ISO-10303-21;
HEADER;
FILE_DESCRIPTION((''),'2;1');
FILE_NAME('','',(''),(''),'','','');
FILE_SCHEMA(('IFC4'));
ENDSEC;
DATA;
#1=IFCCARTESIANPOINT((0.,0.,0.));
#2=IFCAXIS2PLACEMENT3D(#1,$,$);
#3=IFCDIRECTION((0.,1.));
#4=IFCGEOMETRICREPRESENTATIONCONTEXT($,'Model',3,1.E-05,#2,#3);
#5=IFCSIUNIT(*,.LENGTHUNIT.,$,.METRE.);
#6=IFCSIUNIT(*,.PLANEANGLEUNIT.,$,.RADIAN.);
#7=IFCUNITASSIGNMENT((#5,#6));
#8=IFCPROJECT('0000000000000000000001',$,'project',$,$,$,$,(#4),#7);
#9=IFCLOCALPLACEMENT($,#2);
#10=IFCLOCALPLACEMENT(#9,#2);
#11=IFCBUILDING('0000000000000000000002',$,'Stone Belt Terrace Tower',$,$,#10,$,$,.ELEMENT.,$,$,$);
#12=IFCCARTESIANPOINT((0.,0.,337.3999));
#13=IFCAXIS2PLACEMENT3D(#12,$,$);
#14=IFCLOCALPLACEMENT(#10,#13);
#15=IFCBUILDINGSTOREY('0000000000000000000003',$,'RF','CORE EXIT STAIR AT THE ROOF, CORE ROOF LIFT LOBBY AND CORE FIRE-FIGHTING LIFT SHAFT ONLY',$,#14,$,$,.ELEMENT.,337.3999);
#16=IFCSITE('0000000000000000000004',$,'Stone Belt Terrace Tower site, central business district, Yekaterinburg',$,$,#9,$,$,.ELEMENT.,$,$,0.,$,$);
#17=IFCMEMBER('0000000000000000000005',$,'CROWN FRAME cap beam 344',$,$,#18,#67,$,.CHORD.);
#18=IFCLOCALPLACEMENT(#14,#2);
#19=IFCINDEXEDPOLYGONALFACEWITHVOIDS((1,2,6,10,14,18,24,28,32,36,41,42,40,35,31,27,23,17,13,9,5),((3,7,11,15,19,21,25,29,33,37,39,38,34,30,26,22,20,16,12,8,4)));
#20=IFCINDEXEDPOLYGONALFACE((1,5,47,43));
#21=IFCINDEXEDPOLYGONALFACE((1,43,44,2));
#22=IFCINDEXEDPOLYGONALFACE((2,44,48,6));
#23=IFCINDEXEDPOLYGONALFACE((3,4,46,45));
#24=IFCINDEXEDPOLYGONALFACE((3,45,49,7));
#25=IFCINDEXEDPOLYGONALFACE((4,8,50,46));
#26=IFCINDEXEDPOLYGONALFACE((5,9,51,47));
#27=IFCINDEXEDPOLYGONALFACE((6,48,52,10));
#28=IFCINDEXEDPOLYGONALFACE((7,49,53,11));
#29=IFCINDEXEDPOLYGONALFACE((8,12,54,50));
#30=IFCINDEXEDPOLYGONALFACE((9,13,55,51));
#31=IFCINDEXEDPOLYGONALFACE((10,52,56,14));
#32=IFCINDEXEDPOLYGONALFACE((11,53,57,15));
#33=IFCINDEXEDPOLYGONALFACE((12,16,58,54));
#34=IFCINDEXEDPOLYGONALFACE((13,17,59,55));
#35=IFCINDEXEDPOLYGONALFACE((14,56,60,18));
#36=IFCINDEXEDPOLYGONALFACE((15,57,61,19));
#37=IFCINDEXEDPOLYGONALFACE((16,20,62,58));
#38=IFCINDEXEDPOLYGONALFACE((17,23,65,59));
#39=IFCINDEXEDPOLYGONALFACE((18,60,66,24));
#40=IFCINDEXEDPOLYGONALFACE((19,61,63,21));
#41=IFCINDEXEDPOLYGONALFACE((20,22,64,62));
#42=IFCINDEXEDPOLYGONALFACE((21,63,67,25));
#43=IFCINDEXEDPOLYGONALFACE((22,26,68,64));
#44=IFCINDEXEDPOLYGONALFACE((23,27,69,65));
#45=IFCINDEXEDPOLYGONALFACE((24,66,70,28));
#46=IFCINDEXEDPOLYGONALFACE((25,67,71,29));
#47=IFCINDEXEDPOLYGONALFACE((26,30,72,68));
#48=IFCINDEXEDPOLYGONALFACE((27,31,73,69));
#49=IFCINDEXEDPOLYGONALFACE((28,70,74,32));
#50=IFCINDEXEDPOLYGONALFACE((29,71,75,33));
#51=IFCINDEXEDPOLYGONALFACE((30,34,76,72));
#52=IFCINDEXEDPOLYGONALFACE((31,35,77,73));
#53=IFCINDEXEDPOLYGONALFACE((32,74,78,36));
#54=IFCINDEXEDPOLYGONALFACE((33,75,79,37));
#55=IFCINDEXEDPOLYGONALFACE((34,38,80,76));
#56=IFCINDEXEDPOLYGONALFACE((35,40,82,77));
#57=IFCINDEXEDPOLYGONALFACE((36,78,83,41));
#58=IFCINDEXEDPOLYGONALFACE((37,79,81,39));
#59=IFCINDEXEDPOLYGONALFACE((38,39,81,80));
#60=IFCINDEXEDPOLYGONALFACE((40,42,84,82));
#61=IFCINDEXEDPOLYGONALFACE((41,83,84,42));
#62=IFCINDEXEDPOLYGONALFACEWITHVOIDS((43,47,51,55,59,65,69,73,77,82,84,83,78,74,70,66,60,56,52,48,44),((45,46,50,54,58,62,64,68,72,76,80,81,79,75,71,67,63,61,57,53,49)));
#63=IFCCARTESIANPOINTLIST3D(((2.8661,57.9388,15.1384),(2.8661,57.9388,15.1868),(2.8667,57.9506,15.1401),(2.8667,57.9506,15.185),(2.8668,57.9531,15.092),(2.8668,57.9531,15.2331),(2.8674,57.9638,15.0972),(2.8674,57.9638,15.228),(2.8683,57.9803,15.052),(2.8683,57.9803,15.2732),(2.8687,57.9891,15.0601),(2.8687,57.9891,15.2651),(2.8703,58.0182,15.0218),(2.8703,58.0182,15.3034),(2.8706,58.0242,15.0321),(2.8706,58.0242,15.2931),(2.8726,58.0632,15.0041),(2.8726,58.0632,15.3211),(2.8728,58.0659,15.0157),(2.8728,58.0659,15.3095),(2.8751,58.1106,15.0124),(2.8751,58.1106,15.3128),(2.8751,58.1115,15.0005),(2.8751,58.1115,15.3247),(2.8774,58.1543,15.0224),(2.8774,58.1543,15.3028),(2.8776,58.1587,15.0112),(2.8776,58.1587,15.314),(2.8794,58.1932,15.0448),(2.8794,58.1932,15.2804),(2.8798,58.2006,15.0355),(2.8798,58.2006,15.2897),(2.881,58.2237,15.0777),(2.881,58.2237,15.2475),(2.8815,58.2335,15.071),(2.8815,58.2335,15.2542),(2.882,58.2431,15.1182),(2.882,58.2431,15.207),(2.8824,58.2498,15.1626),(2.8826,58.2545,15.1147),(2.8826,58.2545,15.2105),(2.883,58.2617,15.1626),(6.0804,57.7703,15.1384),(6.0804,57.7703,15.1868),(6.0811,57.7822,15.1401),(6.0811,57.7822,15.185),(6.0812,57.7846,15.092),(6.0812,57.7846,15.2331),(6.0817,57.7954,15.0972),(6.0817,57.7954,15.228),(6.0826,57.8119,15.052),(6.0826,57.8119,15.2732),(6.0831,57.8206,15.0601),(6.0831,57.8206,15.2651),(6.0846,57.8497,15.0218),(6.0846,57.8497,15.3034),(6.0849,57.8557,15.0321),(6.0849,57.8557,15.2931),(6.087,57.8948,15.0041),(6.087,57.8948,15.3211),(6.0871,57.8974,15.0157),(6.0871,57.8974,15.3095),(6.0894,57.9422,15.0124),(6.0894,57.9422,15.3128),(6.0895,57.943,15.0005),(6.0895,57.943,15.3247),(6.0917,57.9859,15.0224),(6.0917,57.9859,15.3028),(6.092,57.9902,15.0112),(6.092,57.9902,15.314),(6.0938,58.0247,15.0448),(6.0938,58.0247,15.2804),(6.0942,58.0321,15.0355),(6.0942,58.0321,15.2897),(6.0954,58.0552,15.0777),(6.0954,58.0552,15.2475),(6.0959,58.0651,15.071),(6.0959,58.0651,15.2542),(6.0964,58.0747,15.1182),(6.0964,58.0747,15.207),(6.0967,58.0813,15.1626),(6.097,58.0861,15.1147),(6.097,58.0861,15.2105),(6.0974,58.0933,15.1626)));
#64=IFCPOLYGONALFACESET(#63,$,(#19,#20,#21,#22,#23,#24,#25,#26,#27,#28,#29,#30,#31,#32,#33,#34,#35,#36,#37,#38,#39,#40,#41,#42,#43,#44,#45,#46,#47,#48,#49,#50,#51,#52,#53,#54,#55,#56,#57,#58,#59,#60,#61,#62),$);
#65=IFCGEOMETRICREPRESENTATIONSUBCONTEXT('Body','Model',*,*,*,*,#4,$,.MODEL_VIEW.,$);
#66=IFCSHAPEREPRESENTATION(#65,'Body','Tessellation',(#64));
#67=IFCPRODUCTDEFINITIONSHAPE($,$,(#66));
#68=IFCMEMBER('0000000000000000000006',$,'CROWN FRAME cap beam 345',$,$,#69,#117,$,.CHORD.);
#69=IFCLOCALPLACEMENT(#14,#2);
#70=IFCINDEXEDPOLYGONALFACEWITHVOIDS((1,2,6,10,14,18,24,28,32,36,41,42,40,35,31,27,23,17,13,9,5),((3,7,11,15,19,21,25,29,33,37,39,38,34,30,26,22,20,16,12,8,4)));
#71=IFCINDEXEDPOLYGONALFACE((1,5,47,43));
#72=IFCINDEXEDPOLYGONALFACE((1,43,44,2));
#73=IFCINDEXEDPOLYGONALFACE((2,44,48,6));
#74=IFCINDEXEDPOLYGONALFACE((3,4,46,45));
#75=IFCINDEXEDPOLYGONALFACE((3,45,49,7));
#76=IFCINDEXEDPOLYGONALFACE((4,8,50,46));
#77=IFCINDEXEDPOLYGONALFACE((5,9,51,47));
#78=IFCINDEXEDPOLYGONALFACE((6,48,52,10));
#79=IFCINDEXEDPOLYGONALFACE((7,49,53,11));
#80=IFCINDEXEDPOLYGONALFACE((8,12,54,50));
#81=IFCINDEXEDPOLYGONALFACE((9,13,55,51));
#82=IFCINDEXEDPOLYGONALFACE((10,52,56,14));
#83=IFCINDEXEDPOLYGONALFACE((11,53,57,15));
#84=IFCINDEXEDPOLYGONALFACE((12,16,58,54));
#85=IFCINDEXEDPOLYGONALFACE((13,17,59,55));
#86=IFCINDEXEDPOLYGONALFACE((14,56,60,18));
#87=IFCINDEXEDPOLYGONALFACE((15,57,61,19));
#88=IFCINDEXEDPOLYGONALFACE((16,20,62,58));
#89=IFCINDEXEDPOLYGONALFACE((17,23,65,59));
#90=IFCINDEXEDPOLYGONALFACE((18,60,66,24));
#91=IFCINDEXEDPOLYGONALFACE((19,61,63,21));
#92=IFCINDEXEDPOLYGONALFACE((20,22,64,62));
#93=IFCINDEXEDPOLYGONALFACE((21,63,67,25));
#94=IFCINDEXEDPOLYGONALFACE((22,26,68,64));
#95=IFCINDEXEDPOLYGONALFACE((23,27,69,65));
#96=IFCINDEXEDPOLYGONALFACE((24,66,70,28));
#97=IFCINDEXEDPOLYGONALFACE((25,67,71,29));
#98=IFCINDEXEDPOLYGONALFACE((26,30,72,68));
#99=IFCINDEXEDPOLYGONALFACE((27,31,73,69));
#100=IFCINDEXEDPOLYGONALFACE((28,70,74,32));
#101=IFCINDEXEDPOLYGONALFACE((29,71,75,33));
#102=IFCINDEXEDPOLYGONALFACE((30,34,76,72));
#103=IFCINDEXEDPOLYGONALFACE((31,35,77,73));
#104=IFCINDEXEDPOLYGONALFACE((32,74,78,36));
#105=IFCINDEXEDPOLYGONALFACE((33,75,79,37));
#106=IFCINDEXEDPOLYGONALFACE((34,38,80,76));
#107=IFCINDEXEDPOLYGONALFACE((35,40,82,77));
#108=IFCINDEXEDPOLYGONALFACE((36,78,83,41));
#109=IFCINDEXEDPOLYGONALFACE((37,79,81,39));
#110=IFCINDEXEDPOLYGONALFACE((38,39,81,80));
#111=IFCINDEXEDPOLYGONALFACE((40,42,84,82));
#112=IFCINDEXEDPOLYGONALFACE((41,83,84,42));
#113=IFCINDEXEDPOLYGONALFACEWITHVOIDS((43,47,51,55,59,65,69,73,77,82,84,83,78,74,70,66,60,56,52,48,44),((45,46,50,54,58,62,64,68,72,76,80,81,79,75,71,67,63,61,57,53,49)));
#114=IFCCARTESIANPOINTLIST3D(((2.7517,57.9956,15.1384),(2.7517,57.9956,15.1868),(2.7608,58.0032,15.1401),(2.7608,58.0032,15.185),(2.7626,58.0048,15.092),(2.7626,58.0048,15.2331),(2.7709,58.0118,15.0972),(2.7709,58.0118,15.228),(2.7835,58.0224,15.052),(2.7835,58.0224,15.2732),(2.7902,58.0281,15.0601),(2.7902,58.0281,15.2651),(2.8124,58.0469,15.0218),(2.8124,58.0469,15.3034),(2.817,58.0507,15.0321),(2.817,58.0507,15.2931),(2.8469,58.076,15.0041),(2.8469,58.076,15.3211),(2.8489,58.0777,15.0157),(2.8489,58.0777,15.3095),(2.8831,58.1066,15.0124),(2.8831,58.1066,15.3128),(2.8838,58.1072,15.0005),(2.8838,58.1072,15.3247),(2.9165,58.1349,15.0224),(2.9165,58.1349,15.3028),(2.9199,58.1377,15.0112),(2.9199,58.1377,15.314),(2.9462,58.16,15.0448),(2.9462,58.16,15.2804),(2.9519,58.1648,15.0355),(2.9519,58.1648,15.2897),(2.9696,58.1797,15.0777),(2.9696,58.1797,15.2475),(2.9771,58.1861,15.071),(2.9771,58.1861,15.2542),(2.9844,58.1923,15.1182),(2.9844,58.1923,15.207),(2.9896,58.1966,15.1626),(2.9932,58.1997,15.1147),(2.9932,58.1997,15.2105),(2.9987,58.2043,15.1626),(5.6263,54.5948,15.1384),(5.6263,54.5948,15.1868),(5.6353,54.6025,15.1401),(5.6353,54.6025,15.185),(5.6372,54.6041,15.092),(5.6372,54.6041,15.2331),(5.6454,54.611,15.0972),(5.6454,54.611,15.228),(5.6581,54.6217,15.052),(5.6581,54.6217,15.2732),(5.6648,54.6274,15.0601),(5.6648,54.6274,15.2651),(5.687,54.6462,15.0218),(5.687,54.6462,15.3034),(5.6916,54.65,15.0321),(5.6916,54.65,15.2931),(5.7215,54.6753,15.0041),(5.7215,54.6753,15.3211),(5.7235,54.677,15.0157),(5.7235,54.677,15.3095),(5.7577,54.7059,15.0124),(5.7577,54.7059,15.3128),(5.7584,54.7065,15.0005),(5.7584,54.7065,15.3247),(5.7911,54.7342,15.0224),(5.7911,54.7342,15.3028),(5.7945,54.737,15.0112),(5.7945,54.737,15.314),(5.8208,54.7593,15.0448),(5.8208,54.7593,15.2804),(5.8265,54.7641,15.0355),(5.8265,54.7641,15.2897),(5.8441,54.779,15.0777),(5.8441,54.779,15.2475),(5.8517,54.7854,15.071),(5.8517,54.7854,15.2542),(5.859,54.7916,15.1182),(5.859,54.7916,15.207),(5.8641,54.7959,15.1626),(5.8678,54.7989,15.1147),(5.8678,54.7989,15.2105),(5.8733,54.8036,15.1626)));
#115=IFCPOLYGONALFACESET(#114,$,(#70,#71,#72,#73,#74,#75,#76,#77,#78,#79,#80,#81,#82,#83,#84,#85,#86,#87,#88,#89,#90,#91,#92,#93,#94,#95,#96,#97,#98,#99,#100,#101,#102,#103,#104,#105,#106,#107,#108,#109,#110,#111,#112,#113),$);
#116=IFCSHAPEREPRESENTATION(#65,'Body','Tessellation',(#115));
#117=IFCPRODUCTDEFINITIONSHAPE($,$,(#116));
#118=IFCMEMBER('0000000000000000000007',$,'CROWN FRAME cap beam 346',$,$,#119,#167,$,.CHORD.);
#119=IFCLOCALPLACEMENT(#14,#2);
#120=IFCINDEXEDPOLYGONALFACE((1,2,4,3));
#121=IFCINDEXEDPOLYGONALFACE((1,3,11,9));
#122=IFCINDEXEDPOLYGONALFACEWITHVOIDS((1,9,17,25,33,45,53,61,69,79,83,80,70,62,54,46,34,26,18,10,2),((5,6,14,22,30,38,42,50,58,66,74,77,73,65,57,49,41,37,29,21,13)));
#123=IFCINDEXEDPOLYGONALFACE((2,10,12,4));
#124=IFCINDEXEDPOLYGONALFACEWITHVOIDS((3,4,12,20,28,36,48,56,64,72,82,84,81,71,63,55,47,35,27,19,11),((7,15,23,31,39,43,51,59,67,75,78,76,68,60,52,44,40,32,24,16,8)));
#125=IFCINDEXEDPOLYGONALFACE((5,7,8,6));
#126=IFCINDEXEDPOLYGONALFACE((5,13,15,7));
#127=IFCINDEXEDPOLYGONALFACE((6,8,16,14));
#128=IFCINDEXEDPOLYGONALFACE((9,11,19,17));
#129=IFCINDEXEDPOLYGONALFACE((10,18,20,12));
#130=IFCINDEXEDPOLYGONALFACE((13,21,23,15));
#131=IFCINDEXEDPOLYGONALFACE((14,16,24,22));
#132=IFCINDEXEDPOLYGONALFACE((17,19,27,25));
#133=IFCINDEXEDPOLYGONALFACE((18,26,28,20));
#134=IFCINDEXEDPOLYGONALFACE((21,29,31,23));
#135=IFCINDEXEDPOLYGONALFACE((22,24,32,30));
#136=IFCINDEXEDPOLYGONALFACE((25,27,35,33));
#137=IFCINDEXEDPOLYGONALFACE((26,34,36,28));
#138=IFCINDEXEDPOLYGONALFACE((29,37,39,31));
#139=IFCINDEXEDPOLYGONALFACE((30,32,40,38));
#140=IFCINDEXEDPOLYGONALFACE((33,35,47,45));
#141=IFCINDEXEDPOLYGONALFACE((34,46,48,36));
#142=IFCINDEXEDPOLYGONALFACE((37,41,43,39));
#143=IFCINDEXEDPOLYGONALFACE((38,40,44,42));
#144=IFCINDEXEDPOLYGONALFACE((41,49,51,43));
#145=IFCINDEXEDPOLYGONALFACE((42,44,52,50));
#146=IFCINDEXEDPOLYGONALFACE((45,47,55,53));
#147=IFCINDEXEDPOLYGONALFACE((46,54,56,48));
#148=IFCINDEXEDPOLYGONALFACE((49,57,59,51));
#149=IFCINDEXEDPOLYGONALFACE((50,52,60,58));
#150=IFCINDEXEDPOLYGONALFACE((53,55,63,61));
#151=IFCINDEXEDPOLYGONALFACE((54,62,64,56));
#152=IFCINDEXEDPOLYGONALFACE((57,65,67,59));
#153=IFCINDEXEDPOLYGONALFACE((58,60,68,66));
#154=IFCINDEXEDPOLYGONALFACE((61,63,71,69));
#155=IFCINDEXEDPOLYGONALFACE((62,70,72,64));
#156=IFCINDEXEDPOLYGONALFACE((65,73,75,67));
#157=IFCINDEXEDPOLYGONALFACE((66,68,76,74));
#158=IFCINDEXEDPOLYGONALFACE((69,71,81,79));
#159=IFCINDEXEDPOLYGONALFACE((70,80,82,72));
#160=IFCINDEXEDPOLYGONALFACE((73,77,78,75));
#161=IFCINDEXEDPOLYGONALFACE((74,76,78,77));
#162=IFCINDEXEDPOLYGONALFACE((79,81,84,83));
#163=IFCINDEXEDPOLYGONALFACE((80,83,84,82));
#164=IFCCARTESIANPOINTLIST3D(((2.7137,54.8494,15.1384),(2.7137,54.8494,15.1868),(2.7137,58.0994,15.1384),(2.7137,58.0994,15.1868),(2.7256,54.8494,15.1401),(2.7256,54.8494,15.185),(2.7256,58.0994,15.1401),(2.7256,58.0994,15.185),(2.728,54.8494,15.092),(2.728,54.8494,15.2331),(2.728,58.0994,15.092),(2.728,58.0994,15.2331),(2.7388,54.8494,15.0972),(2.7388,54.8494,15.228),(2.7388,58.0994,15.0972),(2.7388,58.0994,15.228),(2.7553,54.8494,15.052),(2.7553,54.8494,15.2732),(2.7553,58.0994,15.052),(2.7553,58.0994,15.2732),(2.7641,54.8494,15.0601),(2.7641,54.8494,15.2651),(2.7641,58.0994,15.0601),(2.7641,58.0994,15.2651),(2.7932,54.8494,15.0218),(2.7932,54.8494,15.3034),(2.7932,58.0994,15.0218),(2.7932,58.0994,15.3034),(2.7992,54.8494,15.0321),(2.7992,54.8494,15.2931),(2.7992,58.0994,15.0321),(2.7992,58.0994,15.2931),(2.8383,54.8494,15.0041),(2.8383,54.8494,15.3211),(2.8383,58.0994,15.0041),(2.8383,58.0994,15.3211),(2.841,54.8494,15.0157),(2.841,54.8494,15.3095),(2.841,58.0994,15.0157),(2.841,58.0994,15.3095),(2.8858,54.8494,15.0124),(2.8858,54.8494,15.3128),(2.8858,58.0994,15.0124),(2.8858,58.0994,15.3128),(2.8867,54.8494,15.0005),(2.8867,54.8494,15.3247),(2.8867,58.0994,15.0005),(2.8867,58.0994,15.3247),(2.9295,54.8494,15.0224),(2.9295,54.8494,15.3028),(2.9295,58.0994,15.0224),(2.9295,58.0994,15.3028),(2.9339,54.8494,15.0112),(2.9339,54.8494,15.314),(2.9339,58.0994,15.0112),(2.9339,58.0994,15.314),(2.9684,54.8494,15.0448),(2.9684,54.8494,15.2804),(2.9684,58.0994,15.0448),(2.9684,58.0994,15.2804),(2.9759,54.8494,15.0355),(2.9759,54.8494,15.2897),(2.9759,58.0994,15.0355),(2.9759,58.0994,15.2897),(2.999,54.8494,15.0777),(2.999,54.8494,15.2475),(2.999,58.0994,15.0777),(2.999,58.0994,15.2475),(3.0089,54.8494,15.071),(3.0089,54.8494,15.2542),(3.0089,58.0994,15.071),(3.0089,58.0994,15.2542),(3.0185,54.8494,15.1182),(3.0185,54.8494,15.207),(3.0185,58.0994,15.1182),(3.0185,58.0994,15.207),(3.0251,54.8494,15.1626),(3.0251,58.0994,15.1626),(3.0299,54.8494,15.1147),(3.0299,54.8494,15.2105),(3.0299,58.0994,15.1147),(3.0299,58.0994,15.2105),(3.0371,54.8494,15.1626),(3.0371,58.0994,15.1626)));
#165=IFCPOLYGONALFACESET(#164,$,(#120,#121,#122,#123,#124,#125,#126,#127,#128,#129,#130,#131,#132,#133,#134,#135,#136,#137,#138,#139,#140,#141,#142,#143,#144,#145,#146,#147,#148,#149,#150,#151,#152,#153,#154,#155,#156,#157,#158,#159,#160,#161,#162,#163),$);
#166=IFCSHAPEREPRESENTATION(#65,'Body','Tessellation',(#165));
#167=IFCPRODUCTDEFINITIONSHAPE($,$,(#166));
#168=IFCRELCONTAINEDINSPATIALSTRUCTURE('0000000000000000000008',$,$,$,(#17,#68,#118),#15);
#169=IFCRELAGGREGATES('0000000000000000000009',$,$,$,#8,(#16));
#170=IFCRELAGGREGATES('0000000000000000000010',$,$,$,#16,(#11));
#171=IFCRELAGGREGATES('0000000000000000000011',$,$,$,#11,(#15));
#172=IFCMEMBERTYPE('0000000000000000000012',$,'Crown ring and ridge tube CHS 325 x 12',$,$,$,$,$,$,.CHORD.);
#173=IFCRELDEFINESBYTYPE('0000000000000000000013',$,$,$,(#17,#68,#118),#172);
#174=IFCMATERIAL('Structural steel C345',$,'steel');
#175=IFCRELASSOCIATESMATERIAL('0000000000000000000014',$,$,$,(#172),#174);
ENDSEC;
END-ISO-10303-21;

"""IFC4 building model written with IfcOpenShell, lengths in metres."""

from ifc_helpers import new_model, si_unit, direction, frame, origin, origin_2d, place, context, subcontext, project, spatial, hollow_circle, extrude, material, material_profile, profile_set, type_object, element, save


model = new_model("IFC4")

# Units and contexts
model_context = context("Model", 3, precision=1e-05, world=origin(), true_north=direction((0.0, 1.0)))
body_context = subcontext(model_context, "Body", "Model", "MODEL_VIEW")
ifc_project = project(units=[si_unit("LENGTHUNIT", "METRE"), si_unit("PLANEANGLEUNIT", "RADIAN")], contexts=[model_context])

# Site, building, storey
site_placement = place(None, origin())
site = spatial("IfcSite", under=ifc_project, at=site_placement, Name="Stone Belt Terrace Tower site, central business district, Yekaterinburg", CompositionType="ELEMENT", RefElevation=0.0)
building_placement = place(site_placement, origin())
building = spatial("IfcBuilding", under=site, at=building_placement, Name="Stone Belt Terrace Tower", CompositionType="ELEMENT")
storey_placement = place(building_placement, frame((0.0, 0.0, 337.3999)))
storey = spatial("IfcBuildingStorey", under=building, at=storey_placement, Name="RF", Description="CORE EXIT STAIR AT THE ROOF, CORE ROOF LIFT LOBBY AND CORE FIRE-FIGHTING LIFT SHAFT ONLY", CompositionType="ELEMENT", Elevation=337.3999)

# Members
ifc_material_1 = material(Name="Structural steel C345", Category="steel")
ifc_material_profile_1 = material_profile(ifc_material_1, hollow_circle(Radius=0.1626, WallThickness=0.012, at=origin_2d()), Name="Structural steel C345 CHS 325x12")
ifc_profile_set_1 = profile_set([ifc_material_profile_1], Name="Structural steel C345")
member_type_1 = type_object("IfcMemberType", Name="Crown ring and ridge tube CHS 325 x 12", PredefinedType="CHORD", material=ifc_profile_set_1)
member_1_placement = place(storey_placement, frame((2.8745, 58.0994, 15.1626), z_axis=(0.99863, -0.052336, 0.0), x_axis=(0.052336, 0.99863, 0.0)))
element("IfcMember", 1, at=member_1_placement, inside=storey, type_object=member_type_1, Name="CROWN FRAME cap beam 344", PredefinedType="CHORD", context=body_context, shape_type="SweptSolid", body=[
    extrude(hollow_circle(Radius=0.1626, WallThickness=0.012, at=origin_2d()), origin(), (0.0, 0.0, 1.0), 3.2188),
])
member_2_placement = place(storey_placement, frame((2.8745, 58.0994, 15.1626), z_axis=(0.645556, -0.763713, 0.0), x_axis=(0.763713, 0.645556, 0.0)))
element("IfcMember", 2, at=member_2_placement, inside=storey, type_object=member_type_1, Name="CROWN FRAME cap beam 345", PredefinedType="CHORD", context=body_context, shape_type="SweptSolid", body=[
    extrude(hollow_circle(Radius=0.1626, WallThickness=0.012, at=origin_2d()), origin(), (0.0, 0.0, 1.0), 4.4529),
])
member_3_placement = place(storey_placement, frame((2.8745, 58.0994, 15.1626), z_axis=(0.0, -1.0, 0.0), x_axis=(1.0, 0.0, 0.0)))
element("IfcMember", 3, at=member_3_placement, inside=storey, type_object=member_type_1, Name="CROWN FRAME cap beam 346", PredefinedType="CHORD", context=body_context, shape_type="SweptSolid", body=[
    extrude(hollow_circle(Radius=0.1626, WallThickness=0.012, at=origin_2d()), origin(), (0.0, 0.0, 1.0), 3.25),
])

save(model, "model.ifc")
